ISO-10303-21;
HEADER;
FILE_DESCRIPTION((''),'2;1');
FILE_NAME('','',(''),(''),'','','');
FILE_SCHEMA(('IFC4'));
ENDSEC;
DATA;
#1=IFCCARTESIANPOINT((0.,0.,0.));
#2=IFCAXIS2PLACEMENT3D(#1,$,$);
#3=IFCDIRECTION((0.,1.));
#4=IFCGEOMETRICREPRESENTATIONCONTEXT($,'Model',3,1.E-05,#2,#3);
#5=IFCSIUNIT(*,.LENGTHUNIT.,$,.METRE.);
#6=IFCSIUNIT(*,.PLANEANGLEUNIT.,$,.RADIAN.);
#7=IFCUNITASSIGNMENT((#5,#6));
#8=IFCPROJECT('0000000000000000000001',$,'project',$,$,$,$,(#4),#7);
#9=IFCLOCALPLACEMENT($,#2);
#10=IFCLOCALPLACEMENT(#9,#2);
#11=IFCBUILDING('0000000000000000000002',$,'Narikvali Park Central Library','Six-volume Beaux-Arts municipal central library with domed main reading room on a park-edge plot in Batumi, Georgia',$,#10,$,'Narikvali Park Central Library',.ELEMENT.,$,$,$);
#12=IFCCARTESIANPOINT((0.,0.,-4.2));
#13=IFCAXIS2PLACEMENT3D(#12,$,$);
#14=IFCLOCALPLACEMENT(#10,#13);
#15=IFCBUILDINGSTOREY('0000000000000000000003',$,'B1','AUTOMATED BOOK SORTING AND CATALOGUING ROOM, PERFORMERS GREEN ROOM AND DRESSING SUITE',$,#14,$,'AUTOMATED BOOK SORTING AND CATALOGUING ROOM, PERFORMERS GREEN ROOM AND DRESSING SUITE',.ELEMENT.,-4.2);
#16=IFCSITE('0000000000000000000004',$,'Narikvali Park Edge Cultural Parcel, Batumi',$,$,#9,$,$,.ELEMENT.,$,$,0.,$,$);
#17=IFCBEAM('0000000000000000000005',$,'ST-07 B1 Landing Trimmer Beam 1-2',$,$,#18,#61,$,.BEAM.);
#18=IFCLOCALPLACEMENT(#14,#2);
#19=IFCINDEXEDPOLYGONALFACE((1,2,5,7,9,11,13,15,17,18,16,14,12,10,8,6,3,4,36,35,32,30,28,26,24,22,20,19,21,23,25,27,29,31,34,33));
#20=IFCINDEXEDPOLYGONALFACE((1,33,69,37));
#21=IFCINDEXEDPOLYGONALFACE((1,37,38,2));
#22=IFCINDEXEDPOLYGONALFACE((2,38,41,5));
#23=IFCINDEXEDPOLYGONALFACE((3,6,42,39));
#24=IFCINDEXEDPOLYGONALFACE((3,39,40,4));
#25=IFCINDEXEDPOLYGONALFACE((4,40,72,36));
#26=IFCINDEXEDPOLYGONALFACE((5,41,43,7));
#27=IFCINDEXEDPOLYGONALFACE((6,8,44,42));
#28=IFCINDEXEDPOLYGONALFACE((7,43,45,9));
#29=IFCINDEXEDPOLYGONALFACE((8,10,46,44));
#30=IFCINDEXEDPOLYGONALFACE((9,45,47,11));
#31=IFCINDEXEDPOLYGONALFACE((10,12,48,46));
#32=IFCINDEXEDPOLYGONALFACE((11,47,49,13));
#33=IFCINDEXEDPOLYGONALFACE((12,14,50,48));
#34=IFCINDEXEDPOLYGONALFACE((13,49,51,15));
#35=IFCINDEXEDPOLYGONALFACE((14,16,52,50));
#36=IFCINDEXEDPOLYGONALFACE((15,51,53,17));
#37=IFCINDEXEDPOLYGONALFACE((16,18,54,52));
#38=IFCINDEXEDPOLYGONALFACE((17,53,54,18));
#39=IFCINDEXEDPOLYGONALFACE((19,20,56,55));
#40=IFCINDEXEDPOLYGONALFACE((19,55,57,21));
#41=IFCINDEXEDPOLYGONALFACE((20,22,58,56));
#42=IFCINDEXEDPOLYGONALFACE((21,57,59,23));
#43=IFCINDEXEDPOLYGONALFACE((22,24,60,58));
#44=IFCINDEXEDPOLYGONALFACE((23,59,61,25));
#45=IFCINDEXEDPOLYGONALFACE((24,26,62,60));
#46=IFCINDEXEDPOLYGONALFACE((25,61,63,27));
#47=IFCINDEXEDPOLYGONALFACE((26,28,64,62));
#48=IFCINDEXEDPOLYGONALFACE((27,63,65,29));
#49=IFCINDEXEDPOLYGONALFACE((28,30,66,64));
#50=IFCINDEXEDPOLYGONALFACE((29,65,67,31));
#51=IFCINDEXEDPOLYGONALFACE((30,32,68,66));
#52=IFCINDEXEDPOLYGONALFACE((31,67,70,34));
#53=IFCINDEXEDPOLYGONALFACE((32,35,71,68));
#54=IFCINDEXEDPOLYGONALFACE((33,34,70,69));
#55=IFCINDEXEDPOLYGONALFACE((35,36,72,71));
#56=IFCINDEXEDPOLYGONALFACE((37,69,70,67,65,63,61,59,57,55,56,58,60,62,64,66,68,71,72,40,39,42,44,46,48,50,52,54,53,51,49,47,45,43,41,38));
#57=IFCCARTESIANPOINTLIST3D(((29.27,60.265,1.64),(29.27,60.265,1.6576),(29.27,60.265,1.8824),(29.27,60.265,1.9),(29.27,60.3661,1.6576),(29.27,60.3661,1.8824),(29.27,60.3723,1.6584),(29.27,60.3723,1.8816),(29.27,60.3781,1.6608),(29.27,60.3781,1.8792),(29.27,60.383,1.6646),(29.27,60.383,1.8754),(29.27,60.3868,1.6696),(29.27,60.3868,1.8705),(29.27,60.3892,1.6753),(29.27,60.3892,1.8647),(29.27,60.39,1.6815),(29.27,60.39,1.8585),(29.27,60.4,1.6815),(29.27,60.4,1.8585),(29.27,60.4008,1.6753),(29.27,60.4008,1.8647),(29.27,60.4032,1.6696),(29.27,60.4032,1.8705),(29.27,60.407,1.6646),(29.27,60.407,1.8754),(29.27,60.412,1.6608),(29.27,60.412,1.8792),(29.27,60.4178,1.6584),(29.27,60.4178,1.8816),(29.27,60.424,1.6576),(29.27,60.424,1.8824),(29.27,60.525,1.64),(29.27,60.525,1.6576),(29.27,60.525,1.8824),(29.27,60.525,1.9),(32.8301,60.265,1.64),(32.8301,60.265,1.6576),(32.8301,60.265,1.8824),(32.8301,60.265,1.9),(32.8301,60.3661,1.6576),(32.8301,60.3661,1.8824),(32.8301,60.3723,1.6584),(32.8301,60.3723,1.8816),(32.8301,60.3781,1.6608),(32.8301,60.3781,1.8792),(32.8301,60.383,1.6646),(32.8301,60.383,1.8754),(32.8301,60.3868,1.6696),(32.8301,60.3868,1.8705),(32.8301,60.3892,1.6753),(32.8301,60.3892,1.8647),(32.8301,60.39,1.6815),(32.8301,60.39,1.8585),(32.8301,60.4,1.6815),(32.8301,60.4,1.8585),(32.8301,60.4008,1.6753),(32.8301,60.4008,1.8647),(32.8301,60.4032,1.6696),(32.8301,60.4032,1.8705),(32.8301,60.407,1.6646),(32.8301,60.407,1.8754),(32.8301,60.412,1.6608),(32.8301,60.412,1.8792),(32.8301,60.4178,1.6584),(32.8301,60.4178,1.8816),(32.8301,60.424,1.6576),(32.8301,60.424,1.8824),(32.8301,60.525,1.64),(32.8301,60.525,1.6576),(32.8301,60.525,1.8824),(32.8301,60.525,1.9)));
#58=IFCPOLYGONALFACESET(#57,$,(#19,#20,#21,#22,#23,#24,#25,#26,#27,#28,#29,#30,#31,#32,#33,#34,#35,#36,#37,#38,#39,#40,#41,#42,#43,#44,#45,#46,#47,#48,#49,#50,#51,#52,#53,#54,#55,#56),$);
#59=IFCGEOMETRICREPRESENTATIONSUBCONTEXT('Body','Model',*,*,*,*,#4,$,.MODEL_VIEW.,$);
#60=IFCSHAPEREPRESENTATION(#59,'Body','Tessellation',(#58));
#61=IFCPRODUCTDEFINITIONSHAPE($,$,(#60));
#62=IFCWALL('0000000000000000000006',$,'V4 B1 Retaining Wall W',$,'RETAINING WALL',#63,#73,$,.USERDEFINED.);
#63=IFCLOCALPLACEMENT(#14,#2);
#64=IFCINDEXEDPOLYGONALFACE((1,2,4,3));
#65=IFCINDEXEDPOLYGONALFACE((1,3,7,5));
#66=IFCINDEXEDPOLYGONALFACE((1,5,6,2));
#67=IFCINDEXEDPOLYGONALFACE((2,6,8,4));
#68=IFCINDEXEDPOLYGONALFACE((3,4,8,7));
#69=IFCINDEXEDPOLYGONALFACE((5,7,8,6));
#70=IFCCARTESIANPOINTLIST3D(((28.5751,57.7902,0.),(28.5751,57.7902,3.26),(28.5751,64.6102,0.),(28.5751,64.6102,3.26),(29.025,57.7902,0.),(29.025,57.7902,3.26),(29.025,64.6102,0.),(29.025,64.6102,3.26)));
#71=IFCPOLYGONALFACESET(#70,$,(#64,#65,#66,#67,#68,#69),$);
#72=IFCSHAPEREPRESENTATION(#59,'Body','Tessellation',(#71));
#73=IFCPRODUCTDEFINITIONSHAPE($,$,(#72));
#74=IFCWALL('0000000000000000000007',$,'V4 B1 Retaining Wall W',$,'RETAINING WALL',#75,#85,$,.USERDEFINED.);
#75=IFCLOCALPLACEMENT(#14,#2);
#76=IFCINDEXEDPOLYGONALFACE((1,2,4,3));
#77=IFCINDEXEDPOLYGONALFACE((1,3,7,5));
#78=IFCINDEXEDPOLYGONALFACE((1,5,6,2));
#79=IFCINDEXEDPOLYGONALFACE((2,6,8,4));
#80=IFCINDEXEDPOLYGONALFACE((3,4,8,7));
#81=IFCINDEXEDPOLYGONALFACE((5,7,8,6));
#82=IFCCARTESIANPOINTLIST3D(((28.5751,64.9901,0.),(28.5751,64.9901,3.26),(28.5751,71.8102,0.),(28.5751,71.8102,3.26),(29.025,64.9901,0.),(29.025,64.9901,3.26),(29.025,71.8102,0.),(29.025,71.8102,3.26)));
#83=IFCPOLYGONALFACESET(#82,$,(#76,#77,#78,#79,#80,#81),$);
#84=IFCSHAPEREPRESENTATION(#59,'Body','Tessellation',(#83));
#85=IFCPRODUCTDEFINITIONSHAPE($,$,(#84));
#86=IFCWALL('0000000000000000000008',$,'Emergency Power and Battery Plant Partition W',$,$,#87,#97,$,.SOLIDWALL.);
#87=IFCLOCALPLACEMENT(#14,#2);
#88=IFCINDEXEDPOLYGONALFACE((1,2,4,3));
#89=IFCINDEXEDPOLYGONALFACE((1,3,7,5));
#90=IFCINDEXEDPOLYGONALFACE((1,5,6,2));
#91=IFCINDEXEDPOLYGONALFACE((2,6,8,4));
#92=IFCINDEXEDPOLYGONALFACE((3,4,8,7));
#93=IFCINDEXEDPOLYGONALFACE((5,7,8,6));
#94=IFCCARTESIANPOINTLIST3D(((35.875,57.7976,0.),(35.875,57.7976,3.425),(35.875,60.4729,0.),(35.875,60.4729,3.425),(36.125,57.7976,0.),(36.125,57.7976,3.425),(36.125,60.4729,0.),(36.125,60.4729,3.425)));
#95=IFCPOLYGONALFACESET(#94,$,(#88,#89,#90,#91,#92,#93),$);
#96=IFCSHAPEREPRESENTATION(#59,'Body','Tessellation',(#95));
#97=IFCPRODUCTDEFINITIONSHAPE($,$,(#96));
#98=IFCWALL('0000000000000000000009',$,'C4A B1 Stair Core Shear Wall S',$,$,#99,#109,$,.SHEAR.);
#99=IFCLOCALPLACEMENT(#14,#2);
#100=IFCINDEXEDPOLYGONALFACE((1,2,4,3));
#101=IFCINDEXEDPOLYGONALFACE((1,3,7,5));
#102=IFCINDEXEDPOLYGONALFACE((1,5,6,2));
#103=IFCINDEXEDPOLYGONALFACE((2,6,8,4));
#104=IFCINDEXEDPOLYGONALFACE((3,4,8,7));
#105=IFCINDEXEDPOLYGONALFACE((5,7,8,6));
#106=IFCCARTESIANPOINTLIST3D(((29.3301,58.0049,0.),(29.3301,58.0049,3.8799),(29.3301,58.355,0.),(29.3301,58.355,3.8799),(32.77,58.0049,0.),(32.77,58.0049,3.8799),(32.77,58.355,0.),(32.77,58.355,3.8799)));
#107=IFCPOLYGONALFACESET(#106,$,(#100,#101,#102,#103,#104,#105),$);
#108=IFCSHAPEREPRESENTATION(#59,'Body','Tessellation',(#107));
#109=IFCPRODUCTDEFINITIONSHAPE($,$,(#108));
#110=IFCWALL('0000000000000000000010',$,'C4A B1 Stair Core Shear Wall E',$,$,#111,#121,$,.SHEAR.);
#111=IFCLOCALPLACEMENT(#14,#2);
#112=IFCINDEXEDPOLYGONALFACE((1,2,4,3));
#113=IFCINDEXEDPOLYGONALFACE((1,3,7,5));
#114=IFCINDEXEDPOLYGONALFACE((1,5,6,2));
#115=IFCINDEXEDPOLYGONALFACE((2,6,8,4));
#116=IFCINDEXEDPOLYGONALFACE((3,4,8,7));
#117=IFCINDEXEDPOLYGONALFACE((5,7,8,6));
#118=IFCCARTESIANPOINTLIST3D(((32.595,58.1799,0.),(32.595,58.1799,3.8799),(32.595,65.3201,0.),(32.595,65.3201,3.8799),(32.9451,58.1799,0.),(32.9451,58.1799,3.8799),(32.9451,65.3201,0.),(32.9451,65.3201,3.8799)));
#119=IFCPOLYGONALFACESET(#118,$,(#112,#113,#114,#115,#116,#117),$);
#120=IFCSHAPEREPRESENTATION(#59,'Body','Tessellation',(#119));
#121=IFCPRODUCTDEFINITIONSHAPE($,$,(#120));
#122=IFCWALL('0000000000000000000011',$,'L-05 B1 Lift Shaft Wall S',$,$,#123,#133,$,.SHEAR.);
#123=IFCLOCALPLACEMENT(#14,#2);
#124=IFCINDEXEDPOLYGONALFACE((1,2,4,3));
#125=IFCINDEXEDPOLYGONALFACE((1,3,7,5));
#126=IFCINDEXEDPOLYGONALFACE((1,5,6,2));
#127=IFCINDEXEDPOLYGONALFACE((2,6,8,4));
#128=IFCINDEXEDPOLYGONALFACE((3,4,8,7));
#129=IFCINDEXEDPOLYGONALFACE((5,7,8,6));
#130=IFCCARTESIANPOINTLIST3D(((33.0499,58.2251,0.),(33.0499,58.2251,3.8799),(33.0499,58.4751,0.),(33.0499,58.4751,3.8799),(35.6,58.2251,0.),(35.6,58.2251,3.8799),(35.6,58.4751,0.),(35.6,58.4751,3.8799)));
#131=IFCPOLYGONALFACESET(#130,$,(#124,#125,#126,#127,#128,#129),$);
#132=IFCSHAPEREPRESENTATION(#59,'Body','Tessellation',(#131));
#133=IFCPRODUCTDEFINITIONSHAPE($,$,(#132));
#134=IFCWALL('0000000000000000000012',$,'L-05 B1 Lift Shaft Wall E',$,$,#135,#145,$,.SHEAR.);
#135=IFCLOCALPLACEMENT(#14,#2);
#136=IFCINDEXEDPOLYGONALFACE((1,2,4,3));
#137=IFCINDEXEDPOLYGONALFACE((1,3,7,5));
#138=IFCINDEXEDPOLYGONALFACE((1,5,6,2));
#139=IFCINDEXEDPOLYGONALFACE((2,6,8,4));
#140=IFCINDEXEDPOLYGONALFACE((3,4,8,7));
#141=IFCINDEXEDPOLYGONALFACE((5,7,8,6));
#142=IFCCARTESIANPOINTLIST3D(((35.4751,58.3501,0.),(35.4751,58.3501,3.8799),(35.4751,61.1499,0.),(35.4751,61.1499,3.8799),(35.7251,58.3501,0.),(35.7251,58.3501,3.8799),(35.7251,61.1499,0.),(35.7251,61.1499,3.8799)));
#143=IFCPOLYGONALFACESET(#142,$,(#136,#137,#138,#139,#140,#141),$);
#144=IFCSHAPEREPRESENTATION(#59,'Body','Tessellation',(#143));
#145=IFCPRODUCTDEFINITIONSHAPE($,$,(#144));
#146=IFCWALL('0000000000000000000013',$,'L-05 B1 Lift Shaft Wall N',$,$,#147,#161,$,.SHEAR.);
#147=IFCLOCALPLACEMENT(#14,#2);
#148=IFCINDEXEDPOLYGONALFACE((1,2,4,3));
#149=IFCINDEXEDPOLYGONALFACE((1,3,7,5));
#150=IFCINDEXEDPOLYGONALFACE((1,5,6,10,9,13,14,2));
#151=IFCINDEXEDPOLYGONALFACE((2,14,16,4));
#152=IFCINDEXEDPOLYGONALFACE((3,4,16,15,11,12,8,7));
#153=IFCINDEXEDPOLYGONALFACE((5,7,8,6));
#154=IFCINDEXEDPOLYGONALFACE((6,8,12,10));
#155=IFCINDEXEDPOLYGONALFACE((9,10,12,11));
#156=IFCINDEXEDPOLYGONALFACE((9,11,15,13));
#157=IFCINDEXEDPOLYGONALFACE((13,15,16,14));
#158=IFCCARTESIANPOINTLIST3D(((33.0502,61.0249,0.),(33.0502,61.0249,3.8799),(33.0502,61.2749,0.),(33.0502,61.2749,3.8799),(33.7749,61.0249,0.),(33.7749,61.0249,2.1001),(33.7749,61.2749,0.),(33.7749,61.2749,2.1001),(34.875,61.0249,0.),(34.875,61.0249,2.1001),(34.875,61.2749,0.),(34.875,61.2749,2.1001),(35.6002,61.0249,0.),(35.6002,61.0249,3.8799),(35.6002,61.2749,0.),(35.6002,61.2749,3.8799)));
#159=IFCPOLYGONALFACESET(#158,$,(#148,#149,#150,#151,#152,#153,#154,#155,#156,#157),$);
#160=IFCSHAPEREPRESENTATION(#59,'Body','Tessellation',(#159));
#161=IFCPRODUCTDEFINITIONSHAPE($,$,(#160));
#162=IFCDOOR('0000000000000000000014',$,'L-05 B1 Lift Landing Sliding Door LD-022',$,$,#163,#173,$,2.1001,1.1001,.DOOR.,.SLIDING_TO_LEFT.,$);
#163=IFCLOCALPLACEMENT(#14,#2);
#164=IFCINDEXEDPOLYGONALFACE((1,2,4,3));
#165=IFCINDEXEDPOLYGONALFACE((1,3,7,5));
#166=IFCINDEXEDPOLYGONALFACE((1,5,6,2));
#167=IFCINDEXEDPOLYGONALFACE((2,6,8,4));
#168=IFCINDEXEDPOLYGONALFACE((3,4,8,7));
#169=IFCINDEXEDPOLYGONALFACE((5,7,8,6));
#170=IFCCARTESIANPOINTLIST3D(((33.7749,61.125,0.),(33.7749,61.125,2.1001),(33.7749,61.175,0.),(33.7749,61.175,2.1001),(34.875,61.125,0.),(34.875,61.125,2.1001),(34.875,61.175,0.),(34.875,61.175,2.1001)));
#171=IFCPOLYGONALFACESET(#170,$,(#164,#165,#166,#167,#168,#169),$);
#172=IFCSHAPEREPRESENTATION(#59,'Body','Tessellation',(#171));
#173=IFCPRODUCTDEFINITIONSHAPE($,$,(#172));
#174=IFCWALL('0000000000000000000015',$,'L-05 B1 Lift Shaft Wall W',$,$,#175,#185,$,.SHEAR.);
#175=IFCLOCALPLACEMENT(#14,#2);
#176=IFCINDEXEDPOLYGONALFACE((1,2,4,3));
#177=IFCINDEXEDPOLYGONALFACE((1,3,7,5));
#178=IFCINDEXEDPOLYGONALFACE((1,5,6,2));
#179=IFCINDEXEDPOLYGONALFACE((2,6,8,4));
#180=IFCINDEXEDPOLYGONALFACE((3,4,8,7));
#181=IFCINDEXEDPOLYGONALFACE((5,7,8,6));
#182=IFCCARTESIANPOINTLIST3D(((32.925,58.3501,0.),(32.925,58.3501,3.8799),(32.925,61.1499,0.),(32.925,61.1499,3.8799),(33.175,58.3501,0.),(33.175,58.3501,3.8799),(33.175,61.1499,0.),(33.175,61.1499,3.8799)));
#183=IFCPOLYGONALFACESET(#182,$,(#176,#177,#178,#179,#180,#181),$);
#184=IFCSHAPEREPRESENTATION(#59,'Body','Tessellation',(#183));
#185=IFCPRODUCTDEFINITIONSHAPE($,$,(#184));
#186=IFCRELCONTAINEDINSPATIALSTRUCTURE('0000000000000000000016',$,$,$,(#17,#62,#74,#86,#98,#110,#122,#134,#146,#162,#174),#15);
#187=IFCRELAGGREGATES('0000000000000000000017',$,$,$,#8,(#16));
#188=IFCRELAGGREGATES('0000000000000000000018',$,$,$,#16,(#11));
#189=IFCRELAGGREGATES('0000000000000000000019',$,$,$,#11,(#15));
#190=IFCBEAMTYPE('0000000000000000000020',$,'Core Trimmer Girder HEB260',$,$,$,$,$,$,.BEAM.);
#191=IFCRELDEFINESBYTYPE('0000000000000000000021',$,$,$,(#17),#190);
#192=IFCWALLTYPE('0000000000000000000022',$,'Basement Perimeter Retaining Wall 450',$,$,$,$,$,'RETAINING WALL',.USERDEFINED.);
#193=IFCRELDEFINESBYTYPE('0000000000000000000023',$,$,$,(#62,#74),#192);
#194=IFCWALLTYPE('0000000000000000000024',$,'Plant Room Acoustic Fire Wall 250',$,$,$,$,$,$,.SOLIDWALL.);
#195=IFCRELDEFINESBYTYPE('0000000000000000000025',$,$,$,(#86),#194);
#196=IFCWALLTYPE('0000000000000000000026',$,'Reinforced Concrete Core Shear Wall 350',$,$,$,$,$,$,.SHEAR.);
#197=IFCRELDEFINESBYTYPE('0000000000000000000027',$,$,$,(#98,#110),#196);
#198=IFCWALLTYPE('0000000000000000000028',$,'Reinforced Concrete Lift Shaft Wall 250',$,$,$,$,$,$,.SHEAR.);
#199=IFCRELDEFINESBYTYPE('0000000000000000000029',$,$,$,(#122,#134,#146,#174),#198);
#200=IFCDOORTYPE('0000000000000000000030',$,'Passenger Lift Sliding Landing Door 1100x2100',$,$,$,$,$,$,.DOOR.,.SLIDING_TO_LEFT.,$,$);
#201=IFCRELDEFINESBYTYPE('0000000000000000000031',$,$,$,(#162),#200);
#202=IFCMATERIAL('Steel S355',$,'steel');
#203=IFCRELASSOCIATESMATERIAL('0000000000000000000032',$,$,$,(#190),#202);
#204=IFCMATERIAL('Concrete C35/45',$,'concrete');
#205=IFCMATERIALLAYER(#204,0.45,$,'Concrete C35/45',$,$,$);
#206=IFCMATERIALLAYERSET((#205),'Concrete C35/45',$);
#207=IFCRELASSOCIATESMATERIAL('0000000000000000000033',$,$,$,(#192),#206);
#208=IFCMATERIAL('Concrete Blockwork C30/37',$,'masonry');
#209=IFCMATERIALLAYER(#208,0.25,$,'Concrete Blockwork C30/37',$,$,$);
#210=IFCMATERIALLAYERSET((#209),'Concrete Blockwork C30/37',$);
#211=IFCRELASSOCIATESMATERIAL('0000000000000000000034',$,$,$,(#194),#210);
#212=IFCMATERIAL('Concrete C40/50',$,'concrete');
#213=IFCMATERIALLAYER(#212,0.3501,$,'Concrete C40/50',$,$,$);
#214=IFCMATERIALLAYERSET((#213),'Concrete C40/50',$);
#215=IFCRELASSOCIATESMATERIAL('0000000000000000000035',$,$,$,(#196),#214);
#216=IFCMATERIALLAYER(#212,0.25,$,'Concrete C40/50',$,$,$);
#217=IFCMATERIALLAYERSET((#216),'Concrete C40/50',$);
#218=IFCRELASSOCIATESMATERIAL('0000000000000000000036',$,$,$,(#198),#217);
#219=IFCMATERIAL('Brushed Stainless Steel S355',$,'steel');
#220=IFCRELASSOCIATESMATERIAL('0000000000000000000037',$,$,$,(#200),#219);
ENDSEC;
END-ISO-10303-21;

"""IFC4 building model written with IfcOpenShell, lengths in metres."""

from ifc_helpers import new_model, si_unit, direction, frame, frame_2d, origin, origin_2d, place, context, subcontext, project, spatial, rectangle, i_section, extrude, material, layer, layer_set, material_profile, profile_set, type_object, element, fill, save


model = new_model("IFC4")

# Units and contexts
model_context = context("Model", 3, precision=1e-05, world=origin(), true_north=direction((0.0, 1.0)))
body_context = subcontext(model_context, "Body", "Model", "MODEL_VIEW")
ifc_project = project(units=[si_unit("LENGTHUNIT", "METRE"), si_unit("PLANEANGLEUNIT", "RADIAN")], contexts=[model_context])

# Site, building, storey
site_placement = place(None, origin())
site = spatial("IfcSite", under=ifc_project, at=site_placement, Name="Narikvali Park Edge Cultural Parcel, Batumi", CompositionType="ELEMENT", RefElevation=0.0)
building_placement = place(site_placement, origin())
building = spatial("IfcBuilding", under=site, at=building_placement, Name="Narikvali Park Central Library", Description="Six-volume Beaux-Arts municipal central library with domed main reading room on a park-edge plot in Batumi, Georgia", LongName="Narikvali Park Central Library", CompositionType="ELEMENT")
storey_placement = place(building_placement, frame((0.0, 0.0, -4.2)))
storey = spatial("IfcBuildingStorey", under=building, at=storey_placement, Name="B1", Description="AUTOMATED BOOK SORTING AND CATALOGUING ROOM, PERFORMERS GREEN ROOM AND DRESSING SUITE", LongName="AUTOMATED BOOK SORTING AND CATALOGUING ROOM, PERFORMERS GREEN ROOM AND DRESSING SUITE", CompositionType="ELEMENT", Elevation=-4.2)

# Shared definitions
ifc_material_1 = material(Name="Concrete C35/45", Category="concrete")

# Shared definitions
ifc_material_2 = material(Name="Steel S355", Category="steel")

# Beam
ifc_material_profile_1 = material_profile(ifc_material_2, i_section(OverallWidth=0.26, OverallDepth=0.26, WebThickness=0.01, FlangeThickness=0.0176, FilletRadius=0.0239, at=origin_2d()), Name="HEB 260")
ifc_profile_set_1 = profile_set([ifc_material_profile_1], Name="Steel S355")
beam_type = type_object("IfcBeamType", Name="Core Trimmer Girder HEB260", PredefinedType="BEAM", material=ifc_profile_set_1)
for number, where, z_axis, x_axis, name in (
    (1, (29.27, 60.395, 1.77), (1.0, 0.0, 0.0), (0.0, 1.0, 0.0), "ST-07 B1 Landing Trimmer Beam 1-2"),
):
    element("IfcBeam", number, at=place(storey_placement, frame(where, z_axis=z_axis, x_axis=x_axis)), inside=storey, type_object=beam_type, Name=name, PredefinedType="BEAM", context=body_context, shape_type="SweptSolid", body=[
        extrude(i_section(OverallWidth=0.26, OverallDepth=0.26, WebThickness=0.01, FlangeThickness=0.0176, FilletRadius=0.0239, at=origin_2d()), origin(), (0.0, 0.0, 1.0), 3.5601),
    ])

# Walls
ifc_layer_1 = layer(ifc_material_1, 0.45, Name="Concrete C35/45")
ifc_layer_set_1 = layer_set([ifc_layer_1], Name="Concrete C35/45")
wall_type_1 = type_object("IfcWallType", Name="Basement Perimeter Retaining Wall 450", ElementType="RETAINING WALL", PredefinedType="USERDEFINED", material=ifc_layer_set_1)
for number, where, z_axis, x_axis, name in (
    (2, (28.8, 57.79, 0.0), (0.0, 0.0, 1.0), (0.0, 1.0, 0.0), "V4 B1 Retaining Wall W"),
    (3, (28.8, 64.99, 0.0), (0.0, 0.0, 1.0), (0.0, 1.0, 0.0), "V4 B1 Retaining Wall W"),
):
    element("IfcWall", number, at=place(storey_placement, frame(where, z_axis=z_axis, x_axis=x_axis)), inside=storey, type_object=wall_type_1, Name=name, ObjectType="RETAINING WALL", PredefinedType="USERDEFINED", context=body_context, shape_type="SweptSolid", body=[
        extrude(rectangle(XDim=6.8201, YDim=0.45, at=frame_2d((3.4102, 0.0))), origin(), (0.0, 0.0, 1.0), 3.26),
    ])
ifc_material_3 = material(Name="Concrete Blockwork C30/37", Category="masonry")
ifc_layer_2 = layer(ifc_material_3, 0.25, Name="Concrete Blockwork C30/37")
ifc_layer_set_2 = layer_set([ifc_layer_2], Name="Concrete Blockwork C30/37")
wall_type_2 = type_object("IfcWallType", Name="Plant Room Acoustic Fire Wall 250", PredefinedType="SOLIDWALL", material=ifc_layer_set_2)
wall_1_placement = place(storey_placement, frame((36.0, 57.7976, 0.0), z_axis=(0.0, 0.0, 1.0), x_axis=(0.0, 1.0, 0.0)))
element("IfcWall", 4, at=wall_1_placement, inside=storey, type_object=wall_type_2, Name="Emergency Power and Battery Plant Partition W", PredefinedType="SOLIDWALL", context=body_context, shape_type="SweptSolid", body=[
    extrude(rectangle(XDim=2.6753, YDim=0.25, at=frame_2d((1.3376, 0.0))), origin(), (0.0, 0.0, 1.0), 3.425),
])
ifc_material_4 = material(Name="Concrete C40/50", Category="concrete")
ifc_layer_3 = layer(ifc_material_4, 0.3501, Name="Concrete C40/50")
ifc_layer_set_3 = layer_set([ifc_layer_3], Name="Concrete C40/50")
wall_type_3 = type_object("IfcWallType", Name="Reinforced Concrete Core Shear Wall 350", PredefinedType="SHEAR", material=ifc_layer_set_3)
wall_2_placement = place(storey_placement, frame((29.3301, 58.1799, 0.0), z_axis=(0.0, 0.0, 1.0), x_axis=(1.0, 0.0, 0.0)))
element("IfcWall", 5, at=wall_2_placement, inside=storey, type_object=wall_type_3, Name="C4A B1 Stair Core Shear Wall S", PredefinedType="SHEAR", context=body_context, shape_type="SweptSolid", body=[
    extrude(rectangle(XDim=3.4399, YDim=0.3501, at=frame_2d((1.72, 0.0))), origin(), (0.0, 0.0, 1.0), 3.8799),
])
wall_3_placement = place(storey_placement, frame((32.77, 58.1799, 0.0), z_axis=(0.0, 0.0, 1.0), x_axis=(0.0, 1.0, 0.0)))
element("IfcWall", 6, at=wall_3_placement, inside=storey, type_object=wall_type_3, Name="C4A B1 Stair Core Shear Wall E", PredefinedType="SHEAR", context=body_context, shape_type="SweptSolid", body=[
    extrude(rectangle(XDim=7.1401, YDim=0.3501, at=frame_2d((3.5701, 0.0))), origin(), (0.0, 0.0, 1.0), 3.8799),
])
ifc_layer_4 = layer(ifc_material_4, 0.25, Name="Concrete C40/50")
ifc_layer_set_4 = layer_set([ifc_layer_4], Name="Concrete C40/50")
wall_type_4 = type_object("IfcWallType", Name="Reinforced Concrete Lift Shaft Wall 250", PredefinedType="SHEAR", material=ifc_layer_set_4)
wall_4_placement = place(storey_placement, frame((33.05, 58.3501, 0.0), z_axis=(0.0, 0.0, 1.0), x_axis=(1.0, 0.0, 0.0)))
element("IfcWall", 7, at=wall_4_placement, inside=storey, type_object=wall_type_4, Name="L-05 B1 Lift Shaft Wall S", PredefinedType="SHEAR", context=body_context, shape_type="SweptSolid", body=[
    extrude(rectangle(XDim=2.55, YDim=0.25, at=frame_2d((1.2749, 0.0))), origin(), (0.0, 0.0, 1.0), 3.8799),
])
wall_5_placement = place(storey_placement, frame((35.6001, 58.3501, 0.0), z_axis=(0.0, 0.0, 1.0), x_axis=(0.0, 1.0, 0.0)))
element("IfcWall", 8, at=wall_5_placement, inside=storey, type_object=wall_type_4, Name="L-05 B1 Lift Shaft Wall E", PredefinedType="SHEAR", context=body_context, shape_type="SweptSolid", body=[
    extrude(rectangle(XDim=2.7998, YDim=0.25, at=frame_2d((1.3999, 0.0))), origin(), (0.0, 0.0, 1.0), 3.8799),
])

# Wall, opening, door
wall_6_placement = place(storey_placement, frame((35.6001, 61.1499, 0.0), z_axis=(0.0, 0.0, 1.0), x_axis=(-1.0, 0.0, 0.0)))
wall_6 = element("IfcWall", 9, at=wall_6_placement, inside=storey, type_object=wall_type_4, Name="L-05 B1 Lift Shaft Wall N", PredefinedType="SHEAR", context=body_context, shape_type="SweptSolid", body=[
    extrude(rectangle(XDim=2.55, YDim=0.25, at=frame_2d((1.2749, 0.0))), origin(), (0.0, 0.0, 1.0), 3.8799),
])
opening_placement = place(wall_6_placement, frame((0.7251, 0.0, 0.0)))
opening = element("IfcOpeningElement", 10, at=opening_placement, cuts=wall_6, PredefinedType="OPENING", context=body_context, shape_type="SweptSolid", body=[
    extrude(rectangle(XDim=1.1001, YDim=2.1001, at=frame_2d((0.55, 1.05))), frame((0.0, 0.137, 0.0), z_axis=(0.0, -1.0, 0.0), x_axis=(1.0, 0.0, 0.0)), (0.0, 0.0, 1.0), 0.2739),
])
ifc_material_5 = material(Name="Brushed Stainless Steel S355", Category="steel")
door_type = type_object("IfcDoorType", Name="Passenger Lift Sliding Landing Door 1100x2100", OperationType="SLIDING_TO_LEFT", PredefinedType="DOOR", material=ifc_material_5)
door_placement = place(opening_placement, origin())
door = element("IfcDoor", 11, at=door_placement, inside=storey, type_object=door_type, Name="L-05 B1 Lift Landing Sliding Door LD-022", OperationType="SLIDING_TO_LEFT", OverallHeight=2.1001, OverallWidth=1.1001, PredefinedType="DOOR", context=body_context, shape_type="SweptSolid", body=[
    extrude(rectangle(XDim=1.1001, YDim=2.1001, at=frame_2d((0.55, 1.05))), frame((0.0, 0.0249, 0.0), z_axis=(0.0, -1.0, 0.0), x_axis=(1.0, 0.0, 0.0)), (0.0, 0.0, 1.0), 0.05),
])
fill(opening, door)

# Wall
wall_7_placement = place(storey_placement, frame((33.05, 61.1499, 0.0), z_axis=(0.0, 0.0, 1.0), x_axis=(0.0, -1.0, 0.0)))
element("IfcWall", 12, at=wall_7_placement, inside=storey, type_object=wall_type_4, Name="L-05 B1 Lift Shaft Wall W", PredefinedType="SHEAR", context=body_context, shape_type="SweptSolid", body=[
    extrude(rectangle(XDim=2.7998, YDim=0.25, at=frame_2d((1.3999, 0.0))), origin(), (0.0, 0.0, 1.0), 3.8799),
])

save(model, "model.ifc")
